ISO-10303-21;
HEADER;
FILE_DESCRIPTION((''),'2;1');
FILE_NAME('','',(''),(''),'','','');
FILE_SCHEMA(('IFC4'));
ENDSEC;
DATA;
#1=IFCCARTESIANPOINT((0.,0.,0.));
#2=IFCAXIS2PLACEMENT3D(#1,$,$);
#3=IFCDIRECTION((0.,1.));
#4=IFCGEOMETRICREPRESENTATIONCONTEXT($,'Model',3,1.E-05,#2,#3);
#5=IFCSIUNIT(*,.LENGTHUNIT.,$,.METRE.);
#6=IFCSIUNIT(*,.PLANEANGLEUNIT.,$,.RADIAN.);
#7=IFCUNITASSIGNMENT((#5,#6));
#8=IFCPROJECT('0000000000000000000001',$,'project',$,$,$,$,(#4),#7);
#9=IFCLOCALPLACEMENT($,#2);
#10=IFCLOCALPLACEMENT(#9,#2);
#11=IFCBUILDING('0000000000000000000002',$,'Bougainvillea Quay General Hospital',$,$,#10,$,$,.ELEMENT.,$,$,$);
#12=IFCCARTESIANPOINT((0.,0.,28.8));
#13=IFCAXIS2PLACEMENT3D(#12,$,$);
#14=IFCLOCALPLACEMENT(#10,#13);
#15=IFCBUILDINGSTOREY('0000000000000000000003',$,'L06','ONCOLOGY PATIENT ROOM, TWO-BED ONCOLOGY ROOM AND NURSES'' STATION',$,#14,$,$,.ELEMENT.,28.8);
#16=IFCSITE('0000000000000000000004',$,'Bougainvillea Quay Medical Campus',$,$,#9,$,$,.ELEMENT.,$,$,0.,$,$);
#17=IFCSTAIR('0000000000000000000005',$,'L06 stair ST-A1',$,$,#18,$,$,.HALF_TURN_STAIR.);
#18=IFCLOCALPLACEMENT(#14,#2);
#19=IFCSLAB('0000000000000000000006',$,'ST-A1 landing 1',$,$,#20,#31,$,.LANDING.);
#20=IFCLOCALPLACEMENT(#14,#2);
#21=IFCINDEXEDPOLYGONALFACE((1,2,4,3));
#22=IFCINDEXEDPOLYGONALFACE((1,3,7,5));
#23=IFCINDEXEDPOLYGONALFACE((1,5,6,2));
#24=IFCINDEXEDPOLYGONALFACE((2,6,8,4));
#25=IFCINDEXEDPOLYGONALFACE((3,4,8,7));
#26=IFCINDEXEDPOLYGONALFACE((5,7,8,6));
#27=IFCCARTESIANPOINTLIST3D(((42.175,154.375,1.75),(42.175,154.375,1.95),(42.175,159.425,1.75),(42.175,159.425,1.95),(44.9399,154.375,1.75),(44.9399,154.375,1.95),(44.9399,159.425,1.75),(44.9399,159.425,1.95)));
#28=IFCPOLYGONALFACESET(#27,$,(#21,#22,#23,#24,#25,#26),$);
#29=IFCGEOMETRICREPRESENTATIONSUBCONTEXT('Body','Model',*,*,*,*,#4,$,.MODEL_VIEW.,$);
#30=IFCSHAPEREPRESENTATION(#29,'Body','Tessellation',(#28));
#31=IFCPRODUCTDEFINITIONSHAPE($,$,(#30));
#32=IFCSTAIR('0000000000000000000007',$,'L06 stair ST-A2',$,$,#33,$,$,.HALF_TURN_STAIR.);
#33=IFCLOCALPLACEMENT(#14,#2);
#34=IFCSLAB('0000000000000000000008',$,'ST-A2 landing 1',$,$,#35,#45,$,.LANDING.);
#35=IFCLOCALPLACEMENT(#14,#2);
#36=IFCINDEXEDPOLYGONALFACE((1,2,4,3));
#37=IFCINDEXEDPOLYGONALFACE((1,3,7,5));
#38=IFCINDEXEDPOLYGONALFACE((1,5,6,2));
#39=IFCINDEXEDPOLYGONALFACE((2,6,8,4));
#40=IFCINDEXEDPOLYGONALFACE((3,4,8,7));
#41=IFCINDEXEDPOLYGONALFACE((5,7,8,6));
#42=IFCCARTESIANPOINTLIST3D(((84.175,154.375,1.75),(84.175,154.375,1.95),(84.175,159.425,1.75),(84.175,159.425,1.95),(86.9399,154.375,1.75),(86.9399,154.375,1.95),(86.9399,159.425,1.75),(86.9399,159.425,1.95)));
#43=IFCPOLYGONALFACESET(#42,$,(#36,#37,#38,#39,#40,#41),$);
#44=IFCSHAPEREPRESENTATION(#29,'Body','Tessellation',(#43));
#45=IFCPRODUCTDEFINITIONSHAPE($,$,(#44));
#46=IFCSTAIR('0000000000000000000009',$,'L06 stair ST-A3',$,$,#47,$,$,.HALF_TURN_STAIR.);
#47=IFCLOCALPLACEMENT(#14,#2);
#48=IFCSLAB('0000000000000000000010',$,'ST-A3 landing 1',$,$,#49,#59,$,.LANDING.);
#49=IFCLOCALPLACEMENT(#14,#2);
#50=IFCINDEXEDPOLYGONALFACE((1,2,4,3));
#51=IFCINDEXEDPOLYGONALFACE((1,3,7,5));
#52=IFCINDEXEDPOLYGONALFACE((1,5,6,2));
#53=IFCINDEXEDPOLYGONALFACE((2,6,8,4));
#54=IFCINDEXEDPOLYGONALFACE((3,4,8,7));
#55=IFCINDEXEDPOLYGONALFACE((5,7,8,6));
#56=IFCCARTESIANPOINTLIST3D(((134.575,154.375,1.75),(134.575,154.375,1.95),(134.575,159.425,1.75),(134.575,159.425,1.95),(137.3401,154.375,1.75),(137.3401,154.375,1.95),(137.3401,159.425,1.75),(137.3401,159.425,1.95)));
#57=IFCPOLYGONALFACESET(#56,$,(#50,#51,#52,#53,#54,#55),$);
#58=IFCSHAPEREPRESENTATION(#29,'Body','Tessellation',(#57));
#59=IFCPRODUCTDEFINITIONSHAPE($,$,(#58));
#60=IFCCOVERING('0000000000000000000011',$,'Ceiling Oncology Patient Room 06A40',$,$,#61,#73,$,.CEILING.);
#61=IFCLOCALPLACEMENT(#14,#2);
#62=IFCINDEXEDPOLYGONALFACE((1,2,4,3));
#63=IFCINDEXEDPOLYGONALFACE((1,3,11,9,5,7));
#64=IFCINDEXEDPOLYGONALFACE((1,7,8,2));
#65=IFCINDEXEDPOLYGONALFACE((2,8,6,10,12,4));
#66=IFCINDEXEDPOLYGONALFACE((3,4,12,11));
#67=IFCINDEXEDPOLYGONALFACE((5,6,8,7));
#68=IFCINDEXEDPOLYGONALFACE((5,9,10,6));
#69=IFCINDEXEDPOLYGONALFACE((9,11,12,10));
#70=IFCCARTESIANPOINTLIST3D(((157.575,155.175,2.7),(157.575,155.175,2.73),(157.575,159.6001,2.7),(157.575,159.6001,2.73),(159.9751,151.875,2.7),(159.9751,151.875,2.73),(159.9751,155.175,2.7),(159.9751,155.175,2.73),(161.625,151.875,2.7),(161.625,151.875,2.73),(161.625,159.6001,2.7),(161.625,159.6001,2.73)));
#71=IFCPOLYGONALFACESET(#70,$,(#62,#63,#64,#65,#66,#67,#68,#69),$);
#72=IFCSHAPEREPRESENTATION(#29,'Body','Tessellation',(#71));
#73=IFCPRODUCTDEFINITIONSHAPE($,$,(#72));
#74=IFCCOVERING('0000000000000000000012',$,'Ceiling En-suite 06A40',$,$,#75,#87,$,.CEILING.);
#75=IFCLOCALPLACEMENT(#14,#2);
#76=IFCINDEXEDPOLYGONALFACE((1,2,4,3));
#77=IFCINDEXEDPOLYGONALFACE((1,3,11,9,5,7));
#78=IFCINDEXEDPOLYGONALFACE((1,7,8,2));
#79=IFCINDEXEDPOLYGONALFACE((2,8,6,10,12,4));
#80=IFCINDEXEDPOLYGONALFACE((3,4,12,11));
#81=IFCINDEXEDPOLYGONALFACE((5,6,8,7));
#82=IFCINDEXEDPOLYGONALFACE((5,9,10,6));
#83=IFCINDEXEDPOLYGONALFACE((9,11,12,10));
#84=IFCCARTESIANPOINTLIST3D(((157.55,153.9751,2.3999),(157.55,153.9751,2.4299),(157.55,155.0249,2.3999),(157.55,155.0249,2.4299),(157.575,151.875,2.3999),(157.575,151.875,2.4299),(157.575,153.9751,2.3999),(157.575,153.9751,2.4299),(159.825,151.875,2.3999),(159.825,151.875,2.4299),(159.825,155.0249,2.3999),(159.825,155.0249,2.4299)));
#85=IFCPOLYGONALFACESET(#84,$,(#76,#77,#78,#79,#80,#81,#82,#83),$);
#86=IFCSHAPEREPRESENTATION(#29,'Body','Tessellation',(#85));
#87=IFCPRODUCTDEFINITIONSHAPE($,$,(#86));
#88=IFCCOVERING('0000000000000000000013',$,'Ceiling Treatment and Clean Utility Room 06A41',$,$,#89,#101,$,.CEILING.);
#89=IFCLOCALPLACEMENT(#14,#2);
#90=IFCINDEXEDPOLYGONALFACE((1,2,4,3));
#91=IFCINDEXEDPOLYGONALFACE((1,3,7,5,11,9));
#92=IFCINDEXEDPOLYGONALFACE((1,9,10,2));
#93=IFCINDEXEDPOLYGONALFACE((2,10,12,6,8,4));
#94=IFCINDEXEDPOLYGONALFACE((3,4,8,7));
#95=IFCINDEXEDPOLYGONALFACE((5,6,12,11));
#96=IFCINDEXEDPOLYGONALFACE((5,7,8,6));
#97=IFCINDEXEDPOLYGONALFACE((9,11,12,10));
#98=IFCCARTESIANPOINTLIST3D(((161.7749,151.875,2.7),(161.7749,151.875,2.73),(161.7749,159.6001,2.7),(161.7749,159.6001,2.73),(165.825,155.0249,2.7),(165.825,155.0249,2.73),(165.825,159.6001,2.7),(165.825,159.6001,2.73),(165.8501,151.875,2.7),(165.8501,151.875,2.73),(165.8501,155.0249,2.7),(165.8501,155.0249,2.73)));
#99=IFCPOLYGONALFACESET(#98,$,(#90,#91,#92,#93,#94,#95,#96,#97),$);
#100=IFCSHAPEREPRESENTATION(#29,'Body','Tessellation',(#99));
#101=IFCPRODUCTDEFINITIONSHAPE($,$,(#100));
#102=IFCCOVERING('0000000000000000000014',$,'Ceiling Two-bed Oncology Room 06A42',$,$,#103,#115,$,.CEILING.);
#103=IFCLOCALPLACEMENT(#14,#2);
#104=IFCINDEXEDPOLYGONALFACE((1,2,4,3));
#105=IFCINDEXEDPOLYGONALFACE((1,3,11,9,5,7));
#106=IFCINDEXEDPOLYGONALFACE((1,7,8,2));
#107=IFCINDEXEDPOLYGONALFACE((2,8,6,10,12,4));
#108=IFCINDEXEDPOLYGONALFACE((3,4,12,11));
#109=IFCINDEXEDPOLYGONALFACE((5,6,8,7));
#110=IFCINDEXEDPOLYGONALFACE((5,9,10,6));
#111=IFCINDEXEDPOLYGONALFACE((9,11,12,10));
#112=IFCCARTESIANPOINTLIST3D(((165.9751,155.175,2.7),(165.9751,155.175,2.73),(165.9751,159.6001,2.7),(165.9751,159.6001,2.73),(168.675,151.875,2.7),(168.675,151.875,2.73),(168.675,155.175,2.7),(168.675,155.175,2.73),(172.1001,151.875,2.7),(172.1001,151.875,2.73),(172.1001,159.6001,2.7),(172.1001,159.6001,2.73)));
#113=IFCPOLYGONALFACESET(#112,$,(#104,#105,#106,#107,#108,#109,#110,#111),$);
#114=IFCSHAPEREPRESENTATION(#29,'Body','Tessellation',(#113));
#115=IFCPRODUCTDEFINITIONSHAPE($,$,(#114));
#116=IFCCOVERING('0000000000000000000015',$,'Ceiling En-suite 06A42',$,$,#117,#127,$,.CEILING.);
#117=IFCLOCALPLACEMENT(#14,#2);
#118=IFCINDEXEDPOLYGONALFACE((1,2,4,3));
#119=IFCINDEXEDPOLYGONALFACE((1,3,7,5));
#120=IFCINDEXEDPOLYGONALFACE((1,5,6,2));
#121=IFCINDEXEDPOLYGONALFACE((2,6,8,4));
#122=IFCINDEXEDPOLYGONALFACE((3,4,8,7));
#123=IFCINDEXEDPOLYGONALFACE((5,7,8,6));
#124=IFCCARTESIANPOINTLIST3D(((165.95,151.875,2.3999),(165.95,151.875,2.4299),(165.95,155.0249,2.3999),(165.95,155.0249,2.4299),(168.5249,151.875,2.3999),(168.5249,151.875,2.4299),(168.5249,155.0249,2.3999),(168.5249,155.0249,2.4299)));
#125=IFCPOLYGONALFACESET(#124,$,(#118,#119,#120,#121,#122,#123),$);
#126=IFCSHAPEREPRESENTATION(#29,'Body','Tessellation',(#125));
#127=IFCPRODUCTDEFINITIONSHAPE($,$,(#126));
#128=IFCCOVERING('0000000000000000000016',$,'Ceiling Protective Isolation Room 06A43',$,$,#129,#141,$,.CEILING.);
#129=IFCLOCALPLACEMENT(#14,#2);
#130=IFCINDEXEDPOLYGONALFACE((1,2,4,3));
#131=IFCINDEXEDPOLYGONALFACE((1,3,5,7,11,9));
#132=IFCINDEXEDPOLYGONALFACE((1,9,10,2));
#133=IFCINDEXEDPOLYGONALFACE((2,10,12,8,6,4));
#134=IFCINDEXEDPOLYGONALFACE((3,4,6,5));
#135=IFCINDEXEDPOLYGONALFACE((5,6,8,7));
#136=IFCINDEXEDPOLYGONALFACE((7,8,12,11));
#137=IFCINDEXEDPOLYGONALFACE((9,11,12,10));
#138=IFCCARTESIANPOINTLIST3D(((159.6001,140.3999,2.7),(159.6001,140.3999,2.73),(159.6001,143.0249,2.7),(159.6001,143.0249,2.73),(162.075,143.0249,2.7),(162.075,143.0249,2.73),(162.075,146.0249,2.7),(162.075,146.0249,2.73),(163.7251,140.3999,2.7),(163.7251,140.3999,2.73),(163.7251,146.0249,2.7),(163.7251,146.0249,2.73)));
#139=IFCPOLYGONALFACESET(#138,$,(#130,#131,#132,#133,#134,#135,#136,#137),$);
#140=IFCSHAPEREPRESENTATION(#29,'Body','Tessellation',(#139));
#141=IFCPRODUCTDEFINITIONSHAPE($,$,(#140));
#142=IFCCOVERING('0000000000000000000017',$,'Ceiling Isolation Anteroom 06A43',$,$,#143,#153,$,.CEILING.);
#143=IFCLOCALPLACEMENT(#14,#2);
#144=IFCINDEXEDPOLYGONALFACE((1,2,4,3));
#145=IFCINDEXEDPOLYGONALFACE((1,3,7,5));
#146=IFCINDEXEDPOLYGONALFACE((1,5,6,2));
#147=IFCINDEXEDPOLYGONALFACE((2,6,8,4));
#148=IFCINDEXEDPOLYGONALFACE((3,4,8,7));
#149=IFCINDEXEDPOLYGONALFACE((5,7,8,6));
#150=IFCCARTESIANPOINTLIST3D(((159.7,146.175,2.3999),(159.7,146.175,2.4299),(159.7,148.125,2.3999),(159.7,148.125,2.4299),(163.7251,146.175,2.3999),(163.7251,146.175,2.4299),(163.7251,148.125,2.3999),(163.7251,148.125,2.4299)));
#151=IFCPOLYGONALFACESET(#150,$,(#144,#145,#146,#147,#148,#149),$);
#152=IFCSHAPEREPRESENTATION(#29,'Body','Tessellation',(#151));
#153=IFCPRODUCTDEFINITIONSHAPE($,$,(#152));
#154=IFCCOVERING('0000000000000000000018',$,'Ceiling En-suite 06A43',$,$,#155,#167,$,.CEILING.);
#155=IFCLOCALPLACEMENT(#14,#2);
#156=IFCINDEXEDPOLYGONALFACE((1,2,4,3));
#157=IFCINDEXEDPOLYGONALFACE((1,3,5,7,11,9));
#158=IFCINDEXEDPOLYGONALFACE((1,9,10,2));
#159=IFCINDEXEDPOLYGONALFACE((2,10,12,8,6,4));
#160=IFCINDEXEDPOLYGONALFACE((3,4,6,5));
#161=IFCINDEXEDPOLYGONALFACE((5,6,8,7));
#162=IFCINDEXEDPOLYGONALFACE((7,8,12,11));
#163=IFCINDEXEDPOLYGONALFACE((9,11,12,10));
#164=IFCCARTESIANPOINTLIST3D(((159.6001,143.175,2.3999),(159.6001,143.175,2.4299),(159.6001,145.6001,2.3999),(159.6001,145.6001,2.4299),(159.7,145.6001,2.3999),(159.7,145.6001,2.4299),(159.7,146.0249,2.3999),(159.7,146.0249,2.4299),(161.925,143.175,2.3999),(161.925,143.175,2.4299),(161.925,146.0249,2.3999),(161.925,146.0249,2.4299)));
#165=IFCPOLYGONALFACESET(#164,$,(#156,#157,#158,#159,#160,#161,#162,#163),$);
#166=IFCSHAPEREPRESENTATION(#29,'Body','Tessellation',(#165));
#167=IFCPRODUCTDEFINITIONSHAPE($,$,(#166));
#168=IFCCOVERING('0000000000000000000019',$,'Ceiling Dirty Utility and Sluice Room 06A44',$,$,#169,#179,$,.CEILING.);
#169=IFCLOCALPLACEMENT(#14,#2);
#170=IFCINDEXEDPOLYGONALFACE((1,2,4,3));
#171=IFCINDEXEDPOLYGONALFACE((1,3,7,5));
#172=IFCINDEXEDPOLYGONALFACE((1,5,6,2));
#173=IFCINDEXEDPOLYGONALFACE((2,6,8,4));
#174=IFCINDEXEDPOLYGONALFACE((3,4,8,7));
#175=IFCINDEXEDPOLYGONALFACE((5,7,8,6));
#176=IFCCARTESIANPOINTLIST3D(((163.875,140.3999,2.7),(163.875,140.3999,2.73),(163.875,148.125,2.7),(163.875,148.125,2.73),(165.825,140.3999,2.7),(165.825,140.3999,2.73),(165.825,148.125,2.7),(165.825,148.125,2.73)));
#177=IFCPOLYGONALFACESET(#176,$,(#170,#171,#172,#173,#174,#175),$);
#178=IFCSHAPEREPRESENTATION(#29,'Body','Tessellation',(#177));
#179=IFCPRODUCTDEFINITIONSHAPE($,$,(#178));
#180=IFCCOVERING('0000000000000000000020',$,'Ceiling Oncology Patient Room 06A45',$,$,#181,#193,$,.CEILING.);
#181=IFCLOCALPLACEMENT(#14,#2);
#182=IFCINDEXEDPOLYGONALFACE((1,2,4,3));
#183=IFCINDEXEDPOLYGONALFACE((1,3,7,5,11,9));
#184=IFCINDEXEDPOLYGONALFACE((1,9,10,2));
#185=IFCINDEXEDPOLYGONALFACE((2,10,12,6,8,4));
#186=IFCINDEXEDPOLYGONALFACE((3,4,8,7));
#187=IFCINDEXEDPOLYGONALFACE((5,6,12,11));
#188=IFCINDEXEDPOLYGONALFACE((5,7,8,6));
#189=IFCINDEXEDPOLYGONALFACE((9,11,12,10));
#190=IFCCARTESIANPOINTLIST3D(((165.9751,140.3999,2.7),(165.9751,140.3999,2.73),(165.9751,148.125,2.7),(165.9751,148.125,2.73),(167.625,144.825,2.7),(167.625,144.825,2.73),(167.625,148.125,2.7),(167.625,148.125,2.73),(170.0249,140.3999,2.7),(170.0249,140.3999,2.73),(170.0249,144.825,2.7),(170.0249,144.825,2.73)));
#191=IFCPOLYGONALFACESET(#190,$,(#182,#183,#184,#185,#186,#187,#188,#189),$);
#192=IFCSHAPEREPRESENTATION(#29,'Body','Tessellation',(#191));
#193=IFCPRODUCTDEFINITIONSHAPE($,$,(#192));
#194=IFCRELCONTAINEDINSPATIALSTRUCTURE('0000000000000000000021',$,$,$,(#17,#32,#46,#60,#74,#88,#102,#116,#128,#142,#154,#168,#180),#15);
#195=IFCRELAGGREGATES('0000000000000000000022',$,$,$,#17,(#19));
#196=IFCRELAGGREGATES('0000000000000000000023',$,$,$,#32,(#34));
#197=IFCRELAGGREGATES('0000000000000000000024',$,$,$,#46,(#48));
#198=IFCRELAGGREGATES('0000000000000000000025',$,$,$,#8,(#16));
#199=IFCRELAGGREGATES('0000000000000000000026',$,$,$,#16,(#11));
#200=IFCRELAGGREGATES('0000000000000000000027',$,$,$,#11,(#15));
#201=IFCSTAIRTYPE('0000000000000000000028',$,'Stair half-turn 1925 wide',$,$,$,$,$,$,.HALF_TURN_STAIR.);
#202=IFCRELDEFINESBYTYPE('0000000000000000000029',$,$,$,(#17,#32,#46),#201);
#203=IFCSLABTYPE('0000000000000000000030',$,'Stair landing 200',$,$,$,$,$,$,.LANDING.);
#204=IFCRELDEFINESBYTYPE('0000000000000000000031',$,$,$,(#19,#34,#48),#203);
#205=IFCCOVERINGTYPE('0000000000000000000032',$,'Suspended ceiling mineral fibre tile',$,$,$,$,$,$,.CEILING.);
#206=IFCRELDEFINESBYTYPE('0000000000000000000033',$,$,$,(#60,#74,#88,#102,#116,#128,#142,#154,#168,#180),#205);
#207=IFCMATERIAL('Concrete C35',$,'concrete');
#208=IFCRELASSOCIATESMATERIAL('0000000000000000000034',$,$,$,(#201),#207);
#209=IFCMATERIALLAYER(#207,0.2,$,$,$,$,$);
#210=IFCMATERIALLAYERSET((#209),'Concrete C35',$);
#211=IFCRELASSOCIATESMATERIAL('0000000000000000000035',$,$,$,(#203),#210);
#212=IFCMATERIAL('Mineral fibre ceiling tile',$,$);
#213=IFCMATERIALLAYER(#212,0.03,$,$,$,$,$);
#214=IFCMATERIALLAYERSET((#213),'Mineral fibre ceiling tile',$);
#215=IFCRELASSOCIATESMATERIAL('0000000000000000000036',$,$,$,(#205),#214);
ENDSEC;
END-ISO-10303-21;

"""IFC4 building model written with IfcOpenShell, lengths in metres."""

from ifc_helpers import new_model, si_unit, direction, frame, origin, place, context, subcontext, project, spatial, polyline, outline, extrude, material, layer, layer_set, type_object, element, aggregate, save


model = new_model("IFC4")

# Units and contexts
model_context = context("Model", 3, precision=1e-05, world=origin(), true_north=direction((0.0, 1.0)))
body_context = subcontext(model_context, "Body", "Model", "MODEL_VIEW")
ifc_project = project(units=[si_unit("LENGTHUNIT", "METRE"), si_unit("PLANEANGLEUNIT", "RADIAN")], contexts=[model_context])

# Site, building, storey
site_placement = place(None, origin())
site = spatial("IfcSite", under=ifc_project, at=site_placement, Name="Bougainvillea Quay Medical Campus", CompositionType="ELEMENT", RefElevation=0.0)
building_placement = place(site_placement, origin())
building = spatial("IfcBuilding", under=site, at=building_placement, Name="Bougainvillea Quay General Hospital", CompositionType="ELEMENT")
storey_placement = place(building_placement, frame((0.0, 0.0, 28.8)))
storey = spatial("IfcBuildingStorey", under=building, at=storey_placement, Name="L06", Description="ONCOLOGY PATIENT ROOM, TWO-BED ONCOLOGY ROOM AND NURSES' STATION", CompositionType="ELEMENT", Elevation=28.8)

# Stairs, slabs
ifc_material_1 = material(Name="Concrete C35", Category="concrete")
stair_type = type_object("IfcStairType", Name="Stair half-turn 1925 wide", PredefinedType="HALF_TURN_STAIR", material=ifc_material_1)
stair_1_placement = place(storey_placement, origin())
stair_1 = element("IfcStair", 1, at=stair_1_placement, inside=storey, type_object=stair_type, Name="L06 stair ST-A1", PredefinedType="HALF_TURN_STAIR")
ifc_layer_1 = layer(ifc_material_1, 0.2)
ifc_layer_set_1 = layer_set([ifc_layer_1], Name="Concrete C35")
slab_type = type_object("IfcSlabType", Name="Stair landing 200", PredefinedType="LANDING", material=ifc_layer_set_1)
slab_1_placement = place(storey_placement, frame((0.0, 0.0, 1.75)))
slab_1 = element("IfcSlab", 2, at=slab_1_placement, type_object=slab_type, Name="ST-A1 landing 1", PredefinedType="LANDING", context=body_context, shape_type="SweptSolid", body=[
    extrude(outline(polyline([(44.9399, 159.425), (42.175, 159.425), (42.175, 154.375), (44.9399, 154.375), (44.9399, 159.425)])), origin(), (0.0, 0.0, 1.0), 0.2),
])
aggregate(stair_1, [slab_1])
stair_2_placement = place(storey_placement, origin())
stair_2 = element("IfcStair", 3, at=stair_2_placement, inside=storey, type_object=stair_type, Name="L06 stair ST-A2", PredefinedType="HALF_TURN_STAIR")
slab_2_placement = place(storey_placement, frame((0.0, 0.0, 1.75)))
slab_2 = element("IfcSlab", 4, at=slab_2_placement, type_object=slab_type, Name="ST-A2 landing 1", PredefinedType="LANDING", context=body_context, shape_type="SweptSolid", body=[
    extrude(outline(polyline([(86.9399, 159.425), (84.175, 159.425), (84.175, 154.375), (86.9399, 154.375), (86.9399, 159.425)])), origin(), (0.0, 0.0, 1.0), 0.2),
])
aggregate(stair_2, [slab_2])
stair_3_placement = place(storey_placement, origin())
stair_3 = element("IfcStair", 5, at=stair_3_placement, inside=storey, type_object=stair_type, Name="L06 stair ST-A3", PredefinedType="HALF_TURN_STAIR")
slab_3_placement = place(storey_placement, frame((0.0, 0.0, 1.75)))
slab_3 = element("IfcSlab", 6, at=slab_3_placement, type_object=slab_type, Name="ST-A3 landing 1", PredefinedType="LANDING", context=body_context, shape_type="SweptSolid", body=[
    extrude(outline(polyline([(137.3401, 159.425), (134.575, 159.425), (134.575, 154.375), (137.3401, 154.375), (137.3401, 159.425)])), origin(), (0.0, 0.0, 1.0), 0.2),
])
aggregate(stair_3, [slab_3])

# Coverings
ifc_material_2 = material(Name="Mineral fibre ceiling tile")
ifc_layer_2 = layer(ifc_material_2, 0.03)
ifc_layer_set_2 = layer_set([ifc_layer_2], Name="Mineral fibre ceiling tile")
covering_type = type_object("IfcCoveringType", Name="Suspended ceiling mineral fibre tile", PredefinedType="CEILING", material=ifc_layer_set_2)
covering_1_placement = place(storey_placement, frame((0.0, 0.0, 2.7)))
element("IfcCovering", 7, at=covering_1_placement, inside=storey, type_object=covering_type, Name="Ceiling Oncology Patient Room 06A40", PredefinedType="CEILING", context=body_context, shape_type="SweptSolid", body=[
    extrude(outline(polyline([(157.575, 159.6001), (157.575, 155.175), (159.9751, 155.175), (159.9751, 151.875), (161.625, 151.875), (161.625, 159.6001), (157.575, 159.6001)])), origin(), (0.0, 0.0, 1.0), 0.03),
])
covering_2_placement = place(storey_placement, frame((0.0, 0.0, 2.3999)))
element("IfcCovering", 8, at=covering_2_placement, inside=storey, type_object=covering_type, Name="Ceiling En-suite 06A40", PredefinedType="CEILING", context=body_context, shape_type="SweptSolid", body=[
    extrude(outline(polyline([(159.825, 151.875), (159.825, 155.0249), (157.55, 155.0249), (157.55, 153.9751), (157.575, 153.9751), (157.575, 151.875), (159.825, 151.875)])), origin(), (0.0, 0.0, 1.0), 0.03),
])
covering_3_placement = place(storey_placement, frame((0.0, 0.0, 2.7)))
element("IfcCovering", 9, at=covering_3_placement, inside=storey, type_object=covering_type, Name="Ceiling Treatment and Clean Utility Room 06A41", PredefinedType="CEILING", context=body_context, shape_type="SweptSolid", body=[
    extrude(outline(polyline([(161.7749, 159.6001), (161.7749, 151.875), (165.8501, 151.875), (165.8501, 155.0249), (165.825, 155.0249), (165.825, 159.6001), (161.7749, 159.6001)])), origin(), (0.0, 0.0, 1.0), 0.03),
])
covering_4_placement = place(storey_placement, frame((0.0, 0.0, 2.7)))
element("IfcCovering", 10, at=covering_4_placement, inside=storey, type_object=covering_type, Name="Ceiling Two-bed Oncology Room 06A42", PredefinedType="CEILING", context=body_context, shape_type="SweptSolid", body=[
    extrude(outline(polyline([(165.9751, 159.6001), (165.9751, 155.175), (168.675, 155.175), (168.675, 151.875), (172.1001, 151.875), (172.1001, 159.6001), (165.9751, 159.6001)])), origin(), (0.0, 0.0, 1.0), 0.03),
])
covering_5_placement = place(storey_placement, frame((0.0, 0.0, 2.3999)))
element("IfcCovering", 11, at=covering_5_placement, inside=storey, type_object=covering_type, Name="Ceiling En-suite 06A42", PredefinedType="CEILING", context=body_context, shape_type="SweptSolid", body=[
    extrude(outline(polyline([(168.5249, 155.0249), (165.95, 155.0249), (165.95, 151.875), (168.5249, 151.875), (168.5249, 155.0249)])), origin(), (0.0, 0.0, 1.0), 0.03),
])
covering_6_placement = place(storey_placement, frame((0.0, 0.0, 2.7)))
element("IfcCovering", 12, at=covering_6_placement, inside=storey, type_object=covering_type, Name="Ceiling Protective Isolation Room 06A43", PredefinedType="CEILING", context=body_context, shape_type="SweptSolid", body=[
    extrude(outline(polyline([(163.7251, 140.3999), (163.7251, 146.0249), (162.075, 146.0249), (162.075, 143.0249), (159.6001, 143.0249), (159.6001, 140.3999), (163.7251, 140.3999)])), origin(), (0.0, 0.0, 1.0), 0.03),
])
covering_7_placement = place(storey_placement, frame((0.0, 0.0, 2.3999)))
element("IfcCovering", 13, at=covering_7_placement, inside=storey, type_object=covering_type, Name="Ceiling Isolation Anteroom 06A43", PredefinedType="CEILING", context=body_context, shape_type="SweptSolid", body=[
    extrude(outline(polyline([(159.7, 148.125), (159.7, 146.175), (163.7251, 146.175), (163.7251, 148.125), (159.7, 148.125)])), origin(), (0.0, 0.0, 1.0), 0.03),
])
covering_8_placement = place(storey_placement, frame((0.0, 0.0, 2.3999)))
element("IfcCovering", 14, at=covering_8_placement, inside=storey, type_object=covering_type, Name="Ceiling En-suite 06A43", PredefinedType="CEILING", context=body_context, shape_type="SweptSolid", body=[
    extrude(outline(polyline([(159.6001, 143.175), (161.925, 143.175), (161.925, 146.0249), (159.7, 146.0249), (159.7, 145.6001), (159.6001, 145.6001), (159.6001, 143.175)])), origin(), (0.0, 0.0, 1.0), 0.03),
])
covering_9_placement = place(storey_placement, frame((0.0, 0.0, 2.7)))
element("IfcCovering", 15, at=covering_9_placement, inside=storey, type_object=covering_type, Name="Ceiling Dirty Utility and Sluice Room 06A44", PredefinedType="CEILING", context=body_context, shape_type="SweptSolid", body=[
    extrude(outline(polyline([(165.825, 140.3999), (165.825, 148.125), (163.875, 148.125), (163.875, 140.3999), (165.825, 140.3999)])), origin(), (0.0, 0.0, 1.0), 0.03),
])
covering_10_placement = place(storey_placement, frame((0.0, 0.0, 2.7)))
element("IfcCovering", 16, at=covering_10_placement, inside=storey, type_object=covering_type, Name="Ceiling Oncology Patient Room 06A45", PredefinedType="CEILING", context=body_context, shape_type="SweptSolid", body=[
    extrude(outline(polyline([(170.0249, 140.3999), (170.0249, 144.825), (167.625, 144.825), (167.625, 148.125), (165.9751, 148.125), (165.9751, 140.3999), (170.0249, 140.3999)])), origin(), (0.0, 0.0, 1.0), 0.03),
])

save(model, "model.ifc")
